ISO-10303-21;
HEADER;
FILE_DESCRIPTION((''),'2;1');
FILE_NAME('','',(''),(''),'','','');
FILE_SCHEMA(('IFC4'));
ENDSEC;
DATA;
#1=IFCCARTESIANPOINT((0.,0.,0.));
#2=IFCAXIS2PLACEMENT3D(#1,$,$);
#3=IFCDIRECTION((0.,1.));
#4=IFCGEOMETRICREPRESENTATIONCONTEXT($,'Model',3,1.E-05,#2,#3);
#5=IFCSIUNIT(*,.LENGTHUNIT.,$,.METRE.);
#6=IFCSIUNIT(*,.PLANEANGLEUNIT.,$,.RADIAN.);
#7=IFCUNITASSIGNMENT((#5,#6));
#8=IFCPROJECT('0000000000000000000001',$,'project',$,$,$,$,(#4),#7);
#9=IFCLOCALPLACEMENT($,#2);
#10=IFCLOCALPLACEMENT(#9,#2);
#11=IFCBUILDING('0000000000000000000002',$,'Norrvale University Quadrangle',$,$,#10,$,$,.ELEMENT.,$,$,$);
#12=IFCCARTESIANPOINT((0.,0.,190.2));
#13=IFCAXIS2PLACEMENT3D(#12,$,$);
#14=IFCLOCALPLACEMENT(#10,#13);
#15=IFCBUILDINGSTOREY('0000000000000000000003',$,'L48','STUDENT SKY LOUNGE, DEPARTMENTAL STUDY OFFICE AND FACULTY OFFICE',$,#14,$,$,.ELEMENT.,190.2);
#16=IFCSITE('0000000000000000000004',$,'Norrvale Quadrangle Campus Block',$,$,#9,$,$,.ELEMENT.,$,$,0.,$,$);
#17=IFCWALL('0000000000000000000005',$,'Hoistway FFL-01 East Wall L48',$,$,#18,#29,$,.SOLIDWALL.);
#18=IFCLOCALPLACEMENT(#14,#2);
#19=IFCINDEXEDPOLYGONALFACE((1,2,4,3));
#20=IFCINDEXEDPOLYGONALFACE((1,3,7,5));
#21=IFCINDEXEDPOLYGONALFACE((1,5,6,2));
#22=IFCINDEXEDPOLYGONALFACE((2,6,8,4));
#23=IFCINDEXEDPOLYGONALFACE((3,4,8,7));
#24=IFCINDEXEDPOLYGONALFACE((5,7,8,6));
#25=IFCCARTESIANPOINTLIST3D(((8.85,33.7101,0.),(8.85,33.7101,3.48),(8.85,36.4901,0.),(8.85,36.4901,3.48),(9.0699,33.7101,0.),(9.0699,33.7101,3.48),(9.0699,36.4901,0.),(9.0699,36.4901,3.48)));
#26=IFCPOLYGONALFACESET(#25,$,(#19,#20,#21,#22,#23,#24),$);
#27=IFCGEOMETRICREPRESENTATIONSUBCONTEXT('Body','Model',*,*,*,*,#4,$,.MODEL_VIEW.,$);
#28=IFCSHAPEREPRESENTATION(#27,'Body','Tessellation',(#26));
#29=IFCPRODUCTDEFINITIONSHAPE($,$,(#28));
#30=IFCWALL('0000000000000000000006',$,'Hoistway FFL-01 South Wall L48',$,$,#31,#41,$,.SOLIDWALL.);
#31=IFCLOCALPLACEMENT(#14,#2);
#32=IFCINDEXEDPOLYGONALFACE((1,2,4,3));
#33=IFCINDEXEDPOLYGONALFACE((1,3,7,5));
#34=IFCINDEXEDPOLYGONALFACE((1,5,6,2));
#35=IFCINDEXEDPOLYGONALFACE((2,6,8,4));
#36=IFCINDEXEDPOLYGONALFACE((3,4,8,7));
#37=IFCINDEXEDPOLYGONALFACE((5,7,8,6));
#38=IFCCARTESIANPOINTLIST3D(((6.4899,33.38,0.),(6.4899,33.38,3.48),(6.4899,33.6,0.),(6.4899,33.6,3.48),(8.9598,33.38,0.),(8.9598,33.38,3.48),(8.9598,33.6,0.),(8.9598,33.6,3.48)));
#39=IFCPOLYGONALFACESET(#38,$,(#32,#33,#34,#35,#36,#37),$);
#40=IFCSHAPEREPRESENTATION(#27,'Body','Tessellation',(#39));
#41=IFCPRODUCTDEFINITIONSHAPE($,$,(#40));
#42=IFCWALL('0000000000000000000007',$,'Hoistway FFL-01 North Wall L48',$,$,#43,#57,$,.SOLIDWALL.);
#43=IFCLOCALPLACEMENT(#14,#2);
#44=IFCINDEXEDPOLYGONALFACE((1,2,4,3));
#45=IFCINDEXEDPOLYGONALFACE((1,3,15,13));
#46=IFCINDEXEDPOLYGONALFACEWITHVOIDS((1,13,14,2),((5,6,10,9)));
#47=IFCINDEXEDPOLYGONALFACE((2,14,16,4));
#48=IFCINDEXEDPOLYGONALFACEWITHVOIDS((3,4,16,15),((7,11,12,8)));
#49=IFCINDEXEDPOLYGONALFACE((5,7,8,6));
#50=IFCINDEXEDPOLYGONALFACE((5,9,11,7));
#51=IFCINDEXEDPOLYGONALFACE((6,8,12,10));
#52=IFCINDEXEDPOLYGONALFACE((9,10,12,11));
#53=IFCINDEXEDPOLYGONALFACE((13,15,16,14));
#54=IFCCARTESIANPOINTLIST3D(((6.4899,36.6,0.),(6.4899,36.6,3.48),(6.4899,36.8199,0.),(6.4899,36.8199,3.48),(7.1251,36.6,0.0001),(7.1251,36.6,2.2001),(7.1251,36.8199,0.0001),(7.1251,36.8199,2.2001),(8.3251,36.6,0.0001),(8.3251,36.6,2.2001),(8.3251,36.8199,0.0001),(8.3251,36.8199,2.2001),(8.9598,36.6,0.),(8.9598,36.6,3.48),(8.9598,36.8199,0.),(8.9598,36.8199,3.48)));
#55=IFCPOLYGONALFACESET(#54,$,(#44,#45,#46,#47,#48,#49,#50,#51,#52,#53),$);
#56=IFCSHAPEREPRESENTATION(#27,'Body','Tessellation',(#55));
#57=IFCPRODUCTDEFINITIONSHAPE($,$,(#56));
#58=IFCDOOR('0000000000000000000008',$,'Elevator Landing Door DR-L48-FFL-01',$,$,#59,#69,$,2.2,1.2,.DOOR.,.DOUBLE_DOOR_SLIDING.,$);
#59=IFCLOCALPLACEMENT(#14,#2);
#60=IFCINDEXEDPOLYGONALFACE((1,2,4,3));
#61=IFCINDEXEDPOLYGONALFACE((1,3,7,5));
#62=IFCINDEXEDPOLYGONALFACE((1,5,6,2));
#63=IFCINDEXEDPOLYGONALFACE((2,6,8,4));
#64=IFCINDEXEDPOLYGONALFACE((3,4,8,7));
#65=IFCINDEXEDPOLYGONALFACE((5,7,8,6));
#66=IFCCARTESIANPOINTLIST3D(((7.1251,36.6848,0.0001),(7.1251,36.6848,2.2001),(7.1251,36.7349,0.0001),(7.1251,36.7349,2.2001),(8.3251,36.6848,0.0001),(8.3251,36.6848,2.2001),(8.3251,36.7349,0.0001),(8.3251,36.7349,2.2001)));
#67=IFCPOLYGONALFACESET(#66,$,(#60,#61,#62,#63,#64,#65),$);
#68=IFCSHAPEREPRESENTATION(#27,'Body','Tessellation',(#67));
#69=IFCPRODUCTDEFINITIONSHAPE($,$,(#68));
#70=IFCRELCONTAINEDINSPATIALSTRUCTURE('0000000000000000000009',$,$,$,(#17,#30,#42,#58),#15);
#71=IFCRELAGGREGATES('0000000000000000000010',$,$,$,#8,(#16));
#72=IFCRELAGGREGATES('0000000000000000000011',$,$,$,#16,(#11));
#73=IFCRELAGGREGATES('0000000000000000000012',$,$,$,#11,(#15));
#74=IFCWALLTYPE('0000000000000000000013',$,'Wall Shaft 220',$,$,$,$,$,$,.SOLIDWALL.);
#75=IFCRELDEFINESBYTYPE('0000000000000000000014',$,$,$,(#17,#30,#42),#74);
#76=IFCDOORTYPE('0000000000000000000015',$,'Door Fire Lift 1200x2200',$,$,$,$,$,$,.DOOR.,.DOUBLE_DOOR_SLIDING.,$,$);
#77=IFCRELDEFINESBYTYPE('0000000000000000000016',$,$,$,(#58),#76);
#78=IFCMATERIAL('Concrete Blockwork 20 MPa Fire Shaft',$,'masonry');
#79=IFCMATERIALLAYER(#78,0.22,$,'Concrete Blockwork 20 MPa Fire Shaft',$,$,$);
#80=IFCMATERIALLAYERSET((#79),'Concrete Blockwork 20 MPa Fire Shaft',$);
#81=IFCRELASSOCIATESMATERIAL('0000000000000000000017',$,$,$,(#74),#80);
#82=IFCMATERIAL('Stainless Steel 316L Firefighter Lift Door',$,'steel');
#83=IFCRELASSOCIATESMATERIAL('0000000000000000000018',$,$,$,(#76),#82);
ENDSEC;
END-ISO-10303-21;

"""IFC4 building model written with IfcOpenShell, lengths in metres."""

from ifc_helpers import new_model, si_unit, direction, frame, frame_2d, origin, place, context, subcontext, project, spatial, rectangle, extrude, material, layer, layer_set, type_object, element, fill, save


model = new_model("IFC4")

# Units and contexts
model_context = context("Model", 3, precision=1e-05, world=origin(), true_north=direction((0.0, 1.0)))
body_context = subcontext(model_context, "Body", "Model", "MODEL_VIEW")
ifc_project = project(units=[si_unit("LENGTHUNIT", "METRE"), si_unit("PLANEANGLEUNIT", "RADIAN")], contexts=[model_context])

# Site, building, storey
site_placement = place(None, origin())
site = spatial("IfcSite", under=ifc_project, at=site_placement, Name="Norrvale Quadrangle Campus Block", CompositionType="ELEMENT", RefElevation=0.0)
building_placement = place(site_placement, origin())
building = spatial("IfcBuilding", under=site, at=building_placement, Name="Norrvale University Quadrangle", CompositionType="ELEMENT")
storey_placement = place(building_placement, frame((0.0, 0.0, 190.2)))
storey = spatial("IfcBuildingStorey", under=building, at=storey_placement, Name="L48", Description="STUDENT SKY LOUNGE, DEPARTMENTAL STUDY OFFICE AND FACULTY OFFICE", CompositionType="ELEMENT", Elevation=190.2)

# Shared definitions
ifc_material_1 = material(Name="Concrete Blockwork 20 MPa Fire Shaft", Category="masonry")
ifc_layer_1 = layer(ifc_material_1, 0.22, Name="Concrete Blockwork 20 MPa Fire Shaft")
ifc_layer_set_1 = layer_set([ifc_layer_1], Name="Concrete Blockwork 20 MPa Fire Shaft")
wall_type_1 = type_object("IfcWallType", Name="Wall Shaft 220", PredefinedType="SOLIDWALL", material=ifc_layer_set_1)

# Walls
for number, where, z_axis, x_axis, name in (
    (1, (8.96, 33.71, 0.0), (0.0, 0.0, 1.0), (0.0, 1.0, 0.0), "Hoistway FFL-01 East Wall L48"),
):
    element("IfcWall", number, at=place(storey_placement, frame(where, z_axis=z_axis, x_axis=x_axis)), inside=storey, type_object=wall_type_1, Name=name, PredefinedType="SOLIDWALL", context=body_context, shape_type="SweptSolid", body=[
        extrude(rectangle(XDim=2.78, YDim=0.22, at=frame_2d((1.3901, 0.0))), origin(), (0.0, 0.0, 1.0), 3.48),
    ])
wall_1_placement = place(storey_placement, frame((6.49, 33.49, 0.0), z_axis=(0.0, 0.0, 1.0), x_axis=(1.0, 0.0, 0.0)))
element("IfcWall", 2, at=wall_1_placement, inside=storey, type_object=wall_type_1, Name="Hoistway FFL-01 South Wall L48", PredefinedType="SOLIDWALL", context=body_context, shape_type="SweptSolid", body=[
    extrude(rectangle(XDim=2.47, YDim=0.22, at=frame_2d((1.2349, 0.0))), origin(), (0.0, 0.0, 1.0), 3.48),
])

# Wall, opening, door
wall_2_placement = place(storey_placement, frame((6.49, 36.71, 0.0), z_axis=(0.0, 0.0, 1.0), x_axis=(1.0, 0.0, 0.0)))
wall_2 = element("IfcWall", 3, at=wall_2_placement, inside=storey, type_object=wall_type_1, Name="Hoistway FFL-01 North Wall L48", PredefinedType="SOLIDWALL", context=body_context, shape_type="SweptSolid", body=[
    extrude(rectangle(XDim=2.47, YDim=0.22, at=frame_2d((1.2349, 0.0))), origin(), (0.0, 0.0, 1.0), 3.48),
])
opening_1_placement = place(wall_2_placement, frame((0.635, 0.0, 0.0)))
opening_1 = element("IfcOpeningElement", 4, at=opening_1_placement, cuts=wall_2, PredefinedType="OPENING", context=body_context, shape_type="SweptSolid", body=[
    extrude(rectangle(XDim=1.2, YDim=2.2, at=frame_2d((0.6001, 1.1001))), frame((0.0, 0.1221, 0.0), z_axis=(0.0, -1.0, 0.0), x_axis=(1.0, 0.0, 0.0)), (0.0, 0.0, 1.0), 0.2439),
])
ifc_material_2 = material(Name="Stainless Steel 316L Firefighter Lift Door", Category="steel")
door_type_1 = type_object("IfcDoorType", Name="Door Fire Lift 1200x2200", OperationType="DOUBLE_DOOR_SLIDING", PredefinedType="DOOR", material=ifc_material_2)
door_1_placement = place(opening_1_placement, origin())
door_1 = element("IfcDoor", 5, at=door_1_placement, inside=storey, type_object=door_type_1, Name="Elevator Landing Door DR-L48-FFL-01", OperationType="DOUBLE_DOOR_SLIDING", OverallHeight=2.2, OverallWidth=1.2, PredefinedType="DOOR", context=body_context, shape_type="SweptSolid", body=[
    extrude(rectangle(XDim=1.2, YDim=2.2, at=frame_2d((0.6001, 1.1001))), frame((0.0, 0.0249, 0.0), z_axis=(0.0, -1.0, 0.0), x_axis=(1.0, 0.0, 0.0)), (0.0, 0.0, 1.0), 0.05),
])
fill(opening_1, door_1)

save(model, "model.ifc")
